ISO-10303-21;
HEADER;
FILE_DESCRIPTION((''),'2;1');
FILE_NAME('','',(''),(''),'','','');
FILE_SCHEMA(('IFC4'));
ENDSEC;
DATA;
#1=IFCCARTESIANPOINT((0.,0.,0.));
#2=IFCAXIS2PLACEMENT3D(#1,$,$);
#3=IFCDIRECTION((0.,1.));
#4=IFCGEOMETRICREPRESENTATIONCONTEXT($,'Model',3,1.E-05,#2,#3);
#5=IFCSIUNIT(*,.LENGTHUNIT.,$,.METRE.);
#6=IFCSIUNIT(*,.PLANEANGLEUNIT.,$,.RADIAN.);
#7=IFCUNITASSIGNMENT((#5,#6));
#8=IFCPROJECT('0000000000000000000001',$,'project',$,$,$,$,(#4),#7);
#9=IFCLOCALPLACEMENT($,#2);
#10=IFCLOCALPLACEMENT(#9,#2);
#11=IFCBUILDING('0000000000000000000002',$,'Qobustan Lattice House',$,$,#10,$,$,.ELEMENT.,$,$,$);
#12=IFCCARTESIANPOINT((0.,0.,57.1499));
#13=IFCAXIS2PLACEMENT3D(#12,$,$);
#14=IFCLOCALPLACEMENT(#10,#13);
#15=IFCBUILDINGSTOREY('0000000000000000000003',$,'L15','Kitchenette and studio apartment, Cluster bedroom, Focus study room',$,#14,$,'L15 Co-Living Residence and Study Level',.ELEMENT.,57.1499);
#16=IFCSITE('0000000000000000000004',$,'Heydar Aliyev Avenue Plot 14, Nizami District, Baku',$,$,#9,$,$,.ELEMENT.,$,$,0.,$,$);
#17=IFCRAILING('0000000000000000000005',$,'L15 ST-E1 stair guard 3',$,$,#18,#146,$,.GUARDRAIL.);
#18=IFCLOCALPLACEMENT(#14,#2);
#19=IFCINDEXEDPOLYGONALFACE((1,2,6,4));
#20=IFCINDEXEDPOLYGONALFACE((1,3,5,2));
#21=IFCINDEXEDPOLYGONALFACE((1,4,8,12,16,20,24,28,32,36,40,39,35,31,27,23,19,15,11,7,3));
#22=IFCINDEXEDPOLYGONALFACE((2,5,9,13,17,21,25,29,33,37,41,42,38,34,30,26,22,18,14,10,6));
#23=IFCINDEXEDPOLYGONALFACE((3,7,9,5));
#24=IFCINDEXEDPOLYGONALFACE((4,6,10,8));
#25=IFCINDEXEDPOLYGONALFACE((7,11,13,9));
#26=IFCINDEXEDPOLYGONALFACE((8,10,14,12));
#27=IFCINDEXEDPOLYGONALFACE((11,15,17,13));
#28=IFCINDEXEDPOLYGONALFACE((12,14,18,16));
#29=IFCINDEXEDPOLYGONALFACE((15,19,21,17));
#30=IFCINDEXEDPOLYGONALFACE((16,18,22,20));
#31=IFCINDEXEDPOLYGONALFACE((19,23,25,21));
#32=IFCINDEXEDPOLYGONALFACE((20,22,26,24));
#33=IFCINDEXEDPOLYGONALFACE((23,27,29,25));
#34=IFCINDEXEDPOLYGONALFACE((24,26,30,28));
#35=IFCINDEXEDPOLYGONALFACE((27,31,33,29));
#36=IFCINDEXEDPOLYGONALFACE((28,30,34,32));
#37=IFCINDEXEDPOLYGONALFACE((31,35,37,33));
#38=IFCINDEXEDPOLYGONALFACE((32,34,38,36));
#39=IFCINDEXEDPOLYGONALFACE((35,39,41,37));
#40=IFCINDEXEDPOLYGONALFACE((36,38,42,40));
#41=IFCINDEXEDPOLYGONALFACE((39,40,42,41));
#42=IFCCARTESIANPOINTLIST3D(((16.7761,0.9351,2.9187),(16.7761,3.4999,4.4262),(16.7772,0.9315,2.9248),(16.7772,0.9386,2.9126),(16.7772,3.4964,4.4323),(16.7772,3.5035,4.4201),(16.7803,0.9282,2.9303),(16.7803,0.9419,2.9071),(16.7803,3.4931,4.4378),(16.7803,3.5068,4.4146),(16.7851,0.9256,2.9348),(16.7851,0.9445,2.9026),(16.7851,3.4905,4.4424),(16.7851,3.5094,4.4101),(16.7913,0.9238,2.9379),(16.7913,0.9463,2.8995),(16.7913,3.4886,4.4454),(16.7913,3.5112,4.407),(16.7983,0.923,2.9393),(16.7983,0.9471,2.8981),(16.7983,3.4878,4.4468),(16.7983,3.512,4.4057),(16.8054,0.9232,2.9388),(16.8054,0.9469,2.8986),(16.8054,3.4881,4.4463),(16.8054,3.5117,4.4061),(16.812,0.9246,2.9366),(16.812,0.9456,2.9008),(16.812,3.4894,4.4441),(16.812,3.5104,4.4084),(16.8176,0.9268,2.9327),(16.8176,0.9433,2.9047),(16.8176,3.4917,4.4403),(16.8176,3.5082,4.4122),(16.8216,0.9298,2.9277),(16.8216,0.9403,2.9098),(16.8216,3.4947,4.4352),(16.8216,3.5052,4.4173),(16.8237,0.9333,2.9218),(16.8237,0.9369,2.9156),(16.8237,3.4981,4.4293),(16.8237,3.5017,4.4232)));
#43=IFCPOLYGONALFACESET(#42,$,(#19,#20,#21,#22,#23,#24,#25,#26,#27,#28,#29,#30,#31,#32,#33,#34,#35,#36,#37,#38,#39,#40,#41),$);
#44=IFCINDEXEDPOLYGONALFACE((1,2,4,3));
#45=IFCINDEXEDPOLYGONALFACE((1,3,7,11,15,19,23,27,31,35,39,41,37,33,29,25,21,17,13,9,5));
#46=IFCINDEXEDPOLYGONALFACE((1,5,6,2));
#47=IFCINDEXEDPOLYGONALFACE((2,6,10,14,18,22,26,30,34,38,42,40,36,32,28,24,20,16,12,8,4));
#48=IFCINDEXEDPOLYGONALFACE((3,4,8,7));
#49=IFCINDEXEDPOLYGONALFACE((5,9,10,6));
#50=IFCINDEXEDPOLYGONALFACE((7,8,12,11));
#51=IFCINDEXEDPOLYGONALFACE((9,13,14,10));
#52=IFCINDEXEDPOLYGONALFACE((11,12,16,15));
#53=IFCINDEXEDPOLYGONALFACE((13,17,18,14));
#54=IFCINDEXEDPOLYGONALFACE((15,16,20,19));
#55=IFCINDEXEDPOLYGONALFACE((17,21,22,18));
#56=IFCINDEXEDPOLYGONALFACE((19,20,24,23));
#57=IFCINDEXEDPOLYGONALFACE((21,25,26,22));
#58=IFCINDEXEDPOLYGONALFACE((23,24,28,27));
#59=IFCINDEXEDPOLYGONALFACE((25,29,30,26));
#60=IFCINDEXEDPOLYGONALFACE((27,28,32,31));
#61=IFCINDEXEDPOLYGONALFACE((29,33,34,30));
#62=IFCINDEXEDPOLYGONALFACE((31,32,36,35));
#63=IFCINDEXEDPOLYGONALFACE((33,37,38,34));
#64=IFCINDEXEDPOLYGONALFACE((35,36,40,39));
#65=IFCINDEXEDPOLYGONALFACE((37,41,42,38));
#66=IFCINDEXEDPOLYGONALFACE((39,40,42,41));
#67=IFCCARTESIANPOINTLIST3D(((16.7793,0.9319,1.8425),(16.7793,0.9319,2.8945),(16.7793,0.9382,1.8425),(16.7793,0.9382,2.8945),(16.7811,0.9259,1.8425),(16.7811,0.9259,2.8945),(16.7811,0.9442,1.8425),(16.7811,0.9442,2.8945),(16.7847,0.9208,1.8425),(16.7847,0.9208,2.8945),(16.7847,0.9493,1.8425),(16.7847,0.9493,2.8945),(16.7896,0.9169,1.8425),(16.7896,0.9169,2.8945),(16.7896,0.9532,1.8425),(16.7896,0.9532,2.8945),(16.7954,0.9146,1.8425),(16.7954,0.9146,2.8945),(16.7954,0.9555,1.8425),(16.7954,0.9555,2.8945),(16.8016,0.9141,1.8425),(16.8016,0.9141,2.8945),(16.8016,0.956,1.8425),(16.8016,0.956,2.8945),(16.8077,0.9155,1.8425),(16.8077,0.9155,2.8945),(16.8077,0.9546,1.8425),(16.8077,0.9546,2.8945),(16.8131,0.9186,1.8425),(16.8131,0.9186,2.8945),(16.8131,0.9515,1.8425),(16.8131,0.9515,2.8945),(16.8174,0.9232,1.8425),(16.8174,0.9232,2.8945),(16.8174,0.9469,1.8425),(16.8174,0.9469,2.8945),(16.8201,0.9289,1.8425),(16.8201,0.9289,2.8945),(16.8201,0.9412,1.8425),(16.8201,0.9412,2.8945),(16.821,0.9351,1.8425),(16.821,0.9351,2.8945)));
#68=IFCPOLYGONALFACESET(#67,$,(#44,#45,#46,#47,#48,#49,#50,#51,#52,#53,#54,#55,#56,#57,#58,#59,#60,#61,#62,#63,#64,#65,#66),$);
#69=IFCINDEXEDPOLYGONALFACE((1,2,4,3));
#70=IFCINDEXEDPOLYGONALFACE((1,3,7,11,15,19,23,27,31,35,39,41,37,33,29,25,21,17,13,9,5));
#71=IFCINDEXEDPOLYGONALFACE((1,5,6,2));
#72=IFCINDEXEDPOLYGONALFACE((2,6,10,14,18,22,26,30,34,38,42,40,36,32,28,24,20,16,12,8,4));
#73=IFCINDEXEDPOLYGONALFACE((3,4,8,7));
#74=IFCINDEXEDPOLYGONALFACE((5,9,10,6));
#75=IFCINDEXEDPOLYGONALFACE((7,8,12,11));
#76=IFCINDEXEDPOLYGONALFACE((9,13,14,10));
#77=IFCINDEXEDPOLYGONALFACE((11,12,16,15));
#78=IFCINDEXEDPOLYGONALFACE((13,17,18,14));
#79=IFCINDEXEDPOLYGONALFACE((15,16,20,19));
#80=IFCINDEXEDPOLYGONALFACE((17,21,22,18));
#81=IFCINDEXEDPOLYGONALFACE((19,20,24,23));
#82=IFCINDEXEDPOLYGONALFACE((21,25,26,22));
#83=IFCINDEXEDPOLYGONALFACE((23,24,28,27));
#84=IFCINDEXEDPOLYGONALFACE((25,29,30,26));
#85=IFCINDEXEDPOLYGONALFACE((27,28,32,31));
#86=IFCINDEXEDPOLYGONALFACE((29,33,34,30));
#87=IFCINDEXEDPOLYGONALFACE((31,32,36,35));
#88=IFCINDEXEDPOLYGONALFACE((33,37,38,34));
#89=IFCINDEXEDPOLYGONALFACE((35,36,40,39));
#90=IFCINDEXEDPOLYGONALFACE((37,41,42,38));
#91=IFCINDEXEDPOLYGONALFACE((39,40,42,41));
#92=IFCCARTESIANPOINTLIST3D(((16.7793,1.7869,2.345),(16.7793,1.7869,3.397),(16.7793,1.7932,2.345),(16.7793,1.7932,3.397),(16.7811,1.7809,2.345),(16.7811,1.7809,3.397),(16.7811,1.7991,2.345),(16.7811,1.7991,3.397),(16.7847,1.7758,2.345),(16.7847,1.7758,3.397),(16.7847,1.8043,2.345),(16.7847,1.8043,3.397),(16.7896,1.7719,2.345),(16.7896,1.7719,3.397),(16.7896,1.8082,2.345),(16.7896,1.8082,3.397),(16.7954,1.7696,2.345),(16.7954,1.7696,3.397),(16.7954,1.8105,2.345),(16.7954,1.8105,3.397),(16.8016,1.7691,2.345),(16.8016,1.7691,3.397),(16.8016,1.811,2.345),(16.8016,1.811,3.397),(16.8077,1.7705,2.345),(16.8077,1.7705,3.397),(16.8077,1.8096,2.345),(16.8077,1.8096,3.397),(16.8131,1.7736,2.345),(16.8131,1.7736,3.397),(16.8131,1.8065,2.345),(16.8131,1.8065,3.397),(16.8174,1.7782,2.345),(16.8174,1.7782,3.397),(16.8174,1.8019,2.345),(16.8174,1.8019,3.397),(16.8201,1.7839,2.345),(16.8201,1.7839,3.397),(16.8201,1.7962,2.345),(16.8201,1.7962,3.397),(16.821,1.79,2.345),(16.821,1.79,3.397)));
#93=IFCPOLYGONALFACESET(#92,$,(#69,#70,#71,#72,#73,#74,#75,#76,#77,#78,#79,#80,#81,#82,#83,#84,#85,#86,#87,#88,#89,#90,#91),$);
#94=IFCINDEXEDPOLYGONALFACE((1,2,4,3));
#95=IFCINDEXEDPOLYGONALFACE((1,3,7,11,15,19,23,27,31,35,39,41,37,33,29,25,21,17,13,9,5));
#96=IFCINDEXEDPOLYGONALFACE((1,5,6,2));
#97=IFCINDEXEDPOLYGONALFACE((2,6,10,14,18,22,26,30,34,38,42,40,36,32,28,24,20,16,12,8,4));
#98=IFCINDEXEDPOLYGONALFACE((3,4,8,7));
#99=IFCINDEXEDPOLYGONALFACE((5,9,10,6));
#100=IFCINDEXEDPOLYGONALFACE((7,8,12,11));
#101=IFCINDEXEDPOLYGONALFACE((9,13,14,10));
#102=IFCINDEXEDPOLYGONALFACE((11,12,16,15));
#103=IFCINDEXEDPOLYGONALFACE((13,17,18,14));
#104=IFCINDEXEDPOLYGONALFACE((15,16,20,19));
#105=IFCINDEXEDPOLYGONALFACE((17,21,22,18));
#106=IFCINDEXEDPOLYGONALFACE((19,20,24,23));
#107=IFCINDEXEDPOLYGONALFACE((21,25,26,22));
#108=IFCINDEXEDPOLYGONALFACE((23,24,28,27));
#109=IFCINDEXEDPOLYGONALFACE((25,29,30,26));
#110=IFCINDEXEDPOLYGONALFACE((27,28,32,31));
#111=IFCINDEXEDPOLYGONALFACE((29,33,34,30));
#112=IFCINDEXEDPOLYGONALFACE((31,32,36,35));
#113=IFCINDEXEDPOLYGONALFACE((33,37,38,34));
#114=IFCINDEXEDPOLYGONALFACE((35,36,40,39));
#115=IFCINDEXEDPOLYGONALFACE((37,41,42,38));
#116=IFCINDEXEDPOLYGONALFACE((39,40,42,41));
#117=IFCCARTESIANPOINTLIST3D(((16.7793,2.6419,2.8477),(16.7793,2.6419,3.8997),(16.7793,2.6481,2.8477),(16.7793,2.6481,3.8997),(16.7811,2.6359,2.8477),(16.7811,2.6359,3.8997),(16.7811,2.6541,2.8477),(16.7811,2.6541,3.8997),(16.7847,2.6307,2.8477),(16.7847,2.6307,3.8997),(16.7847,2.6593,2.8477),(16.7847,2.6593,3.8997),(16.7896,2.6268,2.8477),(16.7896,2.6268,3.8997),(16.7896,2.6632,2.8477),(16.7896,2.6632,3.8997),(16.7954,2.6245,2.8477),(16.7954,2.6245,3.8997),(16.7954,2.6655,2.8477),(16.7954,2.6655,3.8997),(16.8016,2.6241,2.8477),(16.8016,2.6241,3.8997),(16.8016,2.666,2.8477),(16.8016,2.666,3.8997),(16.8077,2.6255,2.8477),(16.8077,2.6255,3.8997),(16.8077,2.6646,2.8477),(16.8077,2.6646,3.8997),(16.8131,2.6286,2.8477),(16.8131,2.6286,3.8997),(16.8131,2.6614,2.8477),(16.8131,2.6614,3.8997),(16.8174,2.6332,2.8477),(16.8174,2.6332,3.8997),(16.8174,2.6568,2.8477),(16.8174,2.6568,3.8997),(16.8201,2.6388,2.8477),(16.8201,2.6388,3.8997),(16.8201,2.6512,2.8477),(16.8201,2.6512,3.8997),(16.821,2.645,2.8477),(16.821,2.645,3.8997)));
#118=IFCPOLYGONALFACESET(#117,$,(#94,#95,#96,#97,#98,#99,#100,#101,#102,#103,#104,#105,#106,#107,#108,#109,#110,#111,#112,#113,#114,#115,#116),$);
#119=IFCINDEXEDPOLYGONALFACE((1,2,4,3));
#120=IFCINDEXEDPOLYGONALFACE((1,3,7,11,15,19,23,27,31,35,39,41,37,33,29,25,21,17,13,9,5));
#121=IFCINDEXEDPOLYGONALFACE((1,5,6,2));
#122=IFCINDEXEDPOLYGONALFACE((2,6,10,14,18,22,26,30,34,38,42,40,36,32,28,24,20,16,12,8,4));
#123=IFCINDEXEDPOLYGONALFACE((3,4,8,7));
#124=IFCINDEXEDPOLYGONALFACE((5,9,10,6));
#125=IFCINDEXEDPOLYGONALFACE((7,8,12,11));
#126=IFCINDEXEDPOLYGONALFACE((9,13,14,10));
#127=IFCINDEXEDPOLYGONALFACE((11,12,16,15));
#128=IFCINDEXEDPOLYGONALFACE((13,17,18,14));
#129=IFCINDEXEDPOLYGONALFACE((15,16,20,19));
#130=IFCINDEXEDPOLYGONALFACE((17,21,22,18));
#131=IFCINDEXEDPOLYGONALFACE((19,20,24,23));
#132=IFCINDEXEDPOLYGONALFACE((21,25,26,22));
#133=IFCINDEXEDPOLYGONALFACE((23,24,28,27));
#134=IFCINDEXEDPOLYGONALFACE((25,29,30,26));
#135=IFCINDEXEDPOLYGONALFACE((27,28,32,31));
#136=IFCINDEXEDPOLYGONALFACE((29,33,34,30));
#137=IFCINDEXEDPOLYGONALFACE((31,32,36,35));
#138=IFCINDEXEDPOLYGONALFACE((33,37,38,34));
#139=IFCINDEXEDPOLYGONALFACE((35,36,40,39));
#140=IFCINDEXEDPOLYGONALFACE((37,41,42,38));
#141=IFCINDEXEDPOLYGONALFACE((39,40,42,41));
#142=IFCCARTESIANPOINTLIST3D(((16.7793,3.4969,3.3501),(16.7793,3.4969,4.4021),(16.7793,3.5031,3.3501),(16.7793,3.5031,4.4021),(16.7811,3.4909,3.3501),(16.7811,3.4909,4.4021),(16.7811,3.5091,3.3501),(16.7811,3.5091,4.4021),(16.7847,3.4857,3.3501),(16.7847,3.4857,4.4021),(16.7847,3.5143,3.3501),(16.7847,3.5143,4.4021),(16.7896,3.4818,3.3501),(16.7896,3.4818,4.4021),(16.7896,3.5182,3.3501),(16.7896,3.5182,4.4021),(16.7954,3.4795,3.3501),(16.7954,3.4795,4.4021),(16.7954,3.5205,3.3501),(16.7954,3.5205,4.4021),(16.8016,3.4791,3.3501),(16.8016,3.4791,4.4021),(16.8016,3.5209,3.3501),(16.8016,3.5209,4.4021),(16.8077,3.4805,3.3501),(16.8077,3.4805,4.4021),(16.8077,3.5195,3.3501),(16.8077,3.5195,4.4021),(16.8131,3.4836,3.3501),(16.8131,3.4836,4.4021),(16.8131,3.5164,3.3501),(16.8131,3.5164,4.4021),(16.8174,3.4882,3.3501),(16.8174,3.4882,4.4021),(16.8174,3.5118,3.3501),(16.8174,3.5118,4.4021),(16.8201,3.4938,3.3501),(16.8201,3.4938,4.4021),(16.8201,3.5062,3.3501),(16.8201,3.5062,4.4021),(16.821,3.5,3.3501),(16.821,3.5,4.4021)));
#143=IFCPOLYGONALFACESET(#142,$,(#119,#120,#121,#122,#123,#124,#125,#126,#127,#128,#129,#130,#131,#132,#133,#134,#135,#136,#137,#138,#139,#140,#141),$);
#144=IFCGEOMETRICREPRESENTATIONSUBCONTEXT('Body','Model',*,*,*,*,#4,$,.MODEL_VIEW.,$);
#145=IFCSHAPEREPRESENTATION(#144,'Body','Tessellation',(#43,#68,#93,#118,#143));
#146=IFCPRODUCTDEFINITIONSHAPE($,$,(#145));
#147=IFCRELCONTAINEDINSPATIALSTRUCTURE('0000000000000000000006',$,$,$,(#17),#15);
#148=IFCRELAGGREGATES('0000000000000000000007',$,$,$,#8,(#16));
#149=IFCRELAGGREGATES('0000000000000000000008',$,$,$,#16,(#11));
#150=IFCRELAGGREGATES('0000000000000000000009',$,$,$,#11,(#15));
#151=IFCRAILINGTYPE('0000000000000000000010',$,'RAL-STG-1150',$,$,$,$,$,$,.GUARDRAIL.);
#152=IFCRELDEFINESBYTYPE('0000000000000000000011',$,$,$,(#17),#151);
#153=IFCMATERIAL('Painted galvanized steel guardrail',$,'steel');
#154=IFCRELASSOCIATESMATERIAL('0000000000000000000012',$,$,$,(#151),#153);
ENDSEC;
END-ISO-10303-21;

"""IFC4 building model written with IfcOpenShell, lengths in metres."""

from ifc_helpers import new_model, si_unit, direction, frame, origin, origin_2d, place, context, subcontext, project, spatial, circle, extrude, material, type_object, element, save


model = new_model("IFC4")

# Units and contexts
model_context = context("Model", 3, precision=1e-05, world=origin(), true_north=direction((0.0, 1.0)))
body_context = subcontext(model_context, "Body", "Model", "MODEL_VIEW")
ifc_project = project(units=[si_unit("LENGTHUNIT", "METRE"), si_unit("PLANEANGLEUNIT", "RADIAN")], contexts=[model_context])

# Site, building, storey
site_placement = place(None, origin())
site = spatial("IfcSite", under=ifc_project, at=site_placement, Name="Heydar Aliyev Avenue Plot 14, Nizami District, Baku", CompositionType="ELEMENT", RefElevation=0.0)
building_placement = place(site_placement, origin())
building = spatial("IfcBuilding", under=site, at=building_placement, Name="Qobustan Lattice House", CompositionType="ELEMENT")
storey_placement = place(building_placement, frame((0.0, 0.0, 57.1499)))
storey = spatial("IfcBuildingStorey", under=building, at=storey_placement, Name="L15", Description="Kitchenette and studio apartment, Cluster bedroom, Focus study room", LongName="L15 Co-Living Residence and Study Level", CompositionType="ELEMENT", Elevation=57.1499)

# Railing
ifc_material_1 = material(Name="Painted galvanized steel guardrail", Category="steel")
railing_type_1 = type_object("IfcRailingType", Name="RAL-STG-1150", PredefinedType="GUARDRAIL", material=ifc_material_1)
railing_1_placement = place(storey_placement, frame((16.8, 0.9351, 1.8425)))
element("IfcRailing", 1, at=railing_1_placement, inside=storey, type_object=railing_type_1, Name="L15 ST-E1 stair guard 3", PredefinedType="GUARDRAIL", context=body_context, shape_type="SweptSolid", body=[
    extrude(circle(Radius=0.0239, at=origin_2d()), frame((0.0, 0.0, 1.0762), z_axis=(0.0, 0.862113, 0.506715), x_axis=(-1.0, 0.0, 0.0)), (0.0, 0.0, 1.0), 2.9751),
    extrude(circle(Radius=0.021, at=origin_2d()), origin(), (0.0, 0.0, 1.0), 1.052),
    extrude(circle(Radius=0.021, at=origin_2d()), frame((0.0, 0.855, 0.5024)), (0.0, 0.0, 1.0), 1.052),
    extrude(circle(Radius=0.021, at=origin_2d()), frame((0.0, 1.71, 1.0051)), (0.0, 0.0, 1.0), 1.052),
    extrude(circle(Radius=0.021, at=origin_2d()), frame((0.0, 2.5649, 1.5076)), (0.0, 0.0, 1.0), 1.052),
])

save(model, "model.ifc")
